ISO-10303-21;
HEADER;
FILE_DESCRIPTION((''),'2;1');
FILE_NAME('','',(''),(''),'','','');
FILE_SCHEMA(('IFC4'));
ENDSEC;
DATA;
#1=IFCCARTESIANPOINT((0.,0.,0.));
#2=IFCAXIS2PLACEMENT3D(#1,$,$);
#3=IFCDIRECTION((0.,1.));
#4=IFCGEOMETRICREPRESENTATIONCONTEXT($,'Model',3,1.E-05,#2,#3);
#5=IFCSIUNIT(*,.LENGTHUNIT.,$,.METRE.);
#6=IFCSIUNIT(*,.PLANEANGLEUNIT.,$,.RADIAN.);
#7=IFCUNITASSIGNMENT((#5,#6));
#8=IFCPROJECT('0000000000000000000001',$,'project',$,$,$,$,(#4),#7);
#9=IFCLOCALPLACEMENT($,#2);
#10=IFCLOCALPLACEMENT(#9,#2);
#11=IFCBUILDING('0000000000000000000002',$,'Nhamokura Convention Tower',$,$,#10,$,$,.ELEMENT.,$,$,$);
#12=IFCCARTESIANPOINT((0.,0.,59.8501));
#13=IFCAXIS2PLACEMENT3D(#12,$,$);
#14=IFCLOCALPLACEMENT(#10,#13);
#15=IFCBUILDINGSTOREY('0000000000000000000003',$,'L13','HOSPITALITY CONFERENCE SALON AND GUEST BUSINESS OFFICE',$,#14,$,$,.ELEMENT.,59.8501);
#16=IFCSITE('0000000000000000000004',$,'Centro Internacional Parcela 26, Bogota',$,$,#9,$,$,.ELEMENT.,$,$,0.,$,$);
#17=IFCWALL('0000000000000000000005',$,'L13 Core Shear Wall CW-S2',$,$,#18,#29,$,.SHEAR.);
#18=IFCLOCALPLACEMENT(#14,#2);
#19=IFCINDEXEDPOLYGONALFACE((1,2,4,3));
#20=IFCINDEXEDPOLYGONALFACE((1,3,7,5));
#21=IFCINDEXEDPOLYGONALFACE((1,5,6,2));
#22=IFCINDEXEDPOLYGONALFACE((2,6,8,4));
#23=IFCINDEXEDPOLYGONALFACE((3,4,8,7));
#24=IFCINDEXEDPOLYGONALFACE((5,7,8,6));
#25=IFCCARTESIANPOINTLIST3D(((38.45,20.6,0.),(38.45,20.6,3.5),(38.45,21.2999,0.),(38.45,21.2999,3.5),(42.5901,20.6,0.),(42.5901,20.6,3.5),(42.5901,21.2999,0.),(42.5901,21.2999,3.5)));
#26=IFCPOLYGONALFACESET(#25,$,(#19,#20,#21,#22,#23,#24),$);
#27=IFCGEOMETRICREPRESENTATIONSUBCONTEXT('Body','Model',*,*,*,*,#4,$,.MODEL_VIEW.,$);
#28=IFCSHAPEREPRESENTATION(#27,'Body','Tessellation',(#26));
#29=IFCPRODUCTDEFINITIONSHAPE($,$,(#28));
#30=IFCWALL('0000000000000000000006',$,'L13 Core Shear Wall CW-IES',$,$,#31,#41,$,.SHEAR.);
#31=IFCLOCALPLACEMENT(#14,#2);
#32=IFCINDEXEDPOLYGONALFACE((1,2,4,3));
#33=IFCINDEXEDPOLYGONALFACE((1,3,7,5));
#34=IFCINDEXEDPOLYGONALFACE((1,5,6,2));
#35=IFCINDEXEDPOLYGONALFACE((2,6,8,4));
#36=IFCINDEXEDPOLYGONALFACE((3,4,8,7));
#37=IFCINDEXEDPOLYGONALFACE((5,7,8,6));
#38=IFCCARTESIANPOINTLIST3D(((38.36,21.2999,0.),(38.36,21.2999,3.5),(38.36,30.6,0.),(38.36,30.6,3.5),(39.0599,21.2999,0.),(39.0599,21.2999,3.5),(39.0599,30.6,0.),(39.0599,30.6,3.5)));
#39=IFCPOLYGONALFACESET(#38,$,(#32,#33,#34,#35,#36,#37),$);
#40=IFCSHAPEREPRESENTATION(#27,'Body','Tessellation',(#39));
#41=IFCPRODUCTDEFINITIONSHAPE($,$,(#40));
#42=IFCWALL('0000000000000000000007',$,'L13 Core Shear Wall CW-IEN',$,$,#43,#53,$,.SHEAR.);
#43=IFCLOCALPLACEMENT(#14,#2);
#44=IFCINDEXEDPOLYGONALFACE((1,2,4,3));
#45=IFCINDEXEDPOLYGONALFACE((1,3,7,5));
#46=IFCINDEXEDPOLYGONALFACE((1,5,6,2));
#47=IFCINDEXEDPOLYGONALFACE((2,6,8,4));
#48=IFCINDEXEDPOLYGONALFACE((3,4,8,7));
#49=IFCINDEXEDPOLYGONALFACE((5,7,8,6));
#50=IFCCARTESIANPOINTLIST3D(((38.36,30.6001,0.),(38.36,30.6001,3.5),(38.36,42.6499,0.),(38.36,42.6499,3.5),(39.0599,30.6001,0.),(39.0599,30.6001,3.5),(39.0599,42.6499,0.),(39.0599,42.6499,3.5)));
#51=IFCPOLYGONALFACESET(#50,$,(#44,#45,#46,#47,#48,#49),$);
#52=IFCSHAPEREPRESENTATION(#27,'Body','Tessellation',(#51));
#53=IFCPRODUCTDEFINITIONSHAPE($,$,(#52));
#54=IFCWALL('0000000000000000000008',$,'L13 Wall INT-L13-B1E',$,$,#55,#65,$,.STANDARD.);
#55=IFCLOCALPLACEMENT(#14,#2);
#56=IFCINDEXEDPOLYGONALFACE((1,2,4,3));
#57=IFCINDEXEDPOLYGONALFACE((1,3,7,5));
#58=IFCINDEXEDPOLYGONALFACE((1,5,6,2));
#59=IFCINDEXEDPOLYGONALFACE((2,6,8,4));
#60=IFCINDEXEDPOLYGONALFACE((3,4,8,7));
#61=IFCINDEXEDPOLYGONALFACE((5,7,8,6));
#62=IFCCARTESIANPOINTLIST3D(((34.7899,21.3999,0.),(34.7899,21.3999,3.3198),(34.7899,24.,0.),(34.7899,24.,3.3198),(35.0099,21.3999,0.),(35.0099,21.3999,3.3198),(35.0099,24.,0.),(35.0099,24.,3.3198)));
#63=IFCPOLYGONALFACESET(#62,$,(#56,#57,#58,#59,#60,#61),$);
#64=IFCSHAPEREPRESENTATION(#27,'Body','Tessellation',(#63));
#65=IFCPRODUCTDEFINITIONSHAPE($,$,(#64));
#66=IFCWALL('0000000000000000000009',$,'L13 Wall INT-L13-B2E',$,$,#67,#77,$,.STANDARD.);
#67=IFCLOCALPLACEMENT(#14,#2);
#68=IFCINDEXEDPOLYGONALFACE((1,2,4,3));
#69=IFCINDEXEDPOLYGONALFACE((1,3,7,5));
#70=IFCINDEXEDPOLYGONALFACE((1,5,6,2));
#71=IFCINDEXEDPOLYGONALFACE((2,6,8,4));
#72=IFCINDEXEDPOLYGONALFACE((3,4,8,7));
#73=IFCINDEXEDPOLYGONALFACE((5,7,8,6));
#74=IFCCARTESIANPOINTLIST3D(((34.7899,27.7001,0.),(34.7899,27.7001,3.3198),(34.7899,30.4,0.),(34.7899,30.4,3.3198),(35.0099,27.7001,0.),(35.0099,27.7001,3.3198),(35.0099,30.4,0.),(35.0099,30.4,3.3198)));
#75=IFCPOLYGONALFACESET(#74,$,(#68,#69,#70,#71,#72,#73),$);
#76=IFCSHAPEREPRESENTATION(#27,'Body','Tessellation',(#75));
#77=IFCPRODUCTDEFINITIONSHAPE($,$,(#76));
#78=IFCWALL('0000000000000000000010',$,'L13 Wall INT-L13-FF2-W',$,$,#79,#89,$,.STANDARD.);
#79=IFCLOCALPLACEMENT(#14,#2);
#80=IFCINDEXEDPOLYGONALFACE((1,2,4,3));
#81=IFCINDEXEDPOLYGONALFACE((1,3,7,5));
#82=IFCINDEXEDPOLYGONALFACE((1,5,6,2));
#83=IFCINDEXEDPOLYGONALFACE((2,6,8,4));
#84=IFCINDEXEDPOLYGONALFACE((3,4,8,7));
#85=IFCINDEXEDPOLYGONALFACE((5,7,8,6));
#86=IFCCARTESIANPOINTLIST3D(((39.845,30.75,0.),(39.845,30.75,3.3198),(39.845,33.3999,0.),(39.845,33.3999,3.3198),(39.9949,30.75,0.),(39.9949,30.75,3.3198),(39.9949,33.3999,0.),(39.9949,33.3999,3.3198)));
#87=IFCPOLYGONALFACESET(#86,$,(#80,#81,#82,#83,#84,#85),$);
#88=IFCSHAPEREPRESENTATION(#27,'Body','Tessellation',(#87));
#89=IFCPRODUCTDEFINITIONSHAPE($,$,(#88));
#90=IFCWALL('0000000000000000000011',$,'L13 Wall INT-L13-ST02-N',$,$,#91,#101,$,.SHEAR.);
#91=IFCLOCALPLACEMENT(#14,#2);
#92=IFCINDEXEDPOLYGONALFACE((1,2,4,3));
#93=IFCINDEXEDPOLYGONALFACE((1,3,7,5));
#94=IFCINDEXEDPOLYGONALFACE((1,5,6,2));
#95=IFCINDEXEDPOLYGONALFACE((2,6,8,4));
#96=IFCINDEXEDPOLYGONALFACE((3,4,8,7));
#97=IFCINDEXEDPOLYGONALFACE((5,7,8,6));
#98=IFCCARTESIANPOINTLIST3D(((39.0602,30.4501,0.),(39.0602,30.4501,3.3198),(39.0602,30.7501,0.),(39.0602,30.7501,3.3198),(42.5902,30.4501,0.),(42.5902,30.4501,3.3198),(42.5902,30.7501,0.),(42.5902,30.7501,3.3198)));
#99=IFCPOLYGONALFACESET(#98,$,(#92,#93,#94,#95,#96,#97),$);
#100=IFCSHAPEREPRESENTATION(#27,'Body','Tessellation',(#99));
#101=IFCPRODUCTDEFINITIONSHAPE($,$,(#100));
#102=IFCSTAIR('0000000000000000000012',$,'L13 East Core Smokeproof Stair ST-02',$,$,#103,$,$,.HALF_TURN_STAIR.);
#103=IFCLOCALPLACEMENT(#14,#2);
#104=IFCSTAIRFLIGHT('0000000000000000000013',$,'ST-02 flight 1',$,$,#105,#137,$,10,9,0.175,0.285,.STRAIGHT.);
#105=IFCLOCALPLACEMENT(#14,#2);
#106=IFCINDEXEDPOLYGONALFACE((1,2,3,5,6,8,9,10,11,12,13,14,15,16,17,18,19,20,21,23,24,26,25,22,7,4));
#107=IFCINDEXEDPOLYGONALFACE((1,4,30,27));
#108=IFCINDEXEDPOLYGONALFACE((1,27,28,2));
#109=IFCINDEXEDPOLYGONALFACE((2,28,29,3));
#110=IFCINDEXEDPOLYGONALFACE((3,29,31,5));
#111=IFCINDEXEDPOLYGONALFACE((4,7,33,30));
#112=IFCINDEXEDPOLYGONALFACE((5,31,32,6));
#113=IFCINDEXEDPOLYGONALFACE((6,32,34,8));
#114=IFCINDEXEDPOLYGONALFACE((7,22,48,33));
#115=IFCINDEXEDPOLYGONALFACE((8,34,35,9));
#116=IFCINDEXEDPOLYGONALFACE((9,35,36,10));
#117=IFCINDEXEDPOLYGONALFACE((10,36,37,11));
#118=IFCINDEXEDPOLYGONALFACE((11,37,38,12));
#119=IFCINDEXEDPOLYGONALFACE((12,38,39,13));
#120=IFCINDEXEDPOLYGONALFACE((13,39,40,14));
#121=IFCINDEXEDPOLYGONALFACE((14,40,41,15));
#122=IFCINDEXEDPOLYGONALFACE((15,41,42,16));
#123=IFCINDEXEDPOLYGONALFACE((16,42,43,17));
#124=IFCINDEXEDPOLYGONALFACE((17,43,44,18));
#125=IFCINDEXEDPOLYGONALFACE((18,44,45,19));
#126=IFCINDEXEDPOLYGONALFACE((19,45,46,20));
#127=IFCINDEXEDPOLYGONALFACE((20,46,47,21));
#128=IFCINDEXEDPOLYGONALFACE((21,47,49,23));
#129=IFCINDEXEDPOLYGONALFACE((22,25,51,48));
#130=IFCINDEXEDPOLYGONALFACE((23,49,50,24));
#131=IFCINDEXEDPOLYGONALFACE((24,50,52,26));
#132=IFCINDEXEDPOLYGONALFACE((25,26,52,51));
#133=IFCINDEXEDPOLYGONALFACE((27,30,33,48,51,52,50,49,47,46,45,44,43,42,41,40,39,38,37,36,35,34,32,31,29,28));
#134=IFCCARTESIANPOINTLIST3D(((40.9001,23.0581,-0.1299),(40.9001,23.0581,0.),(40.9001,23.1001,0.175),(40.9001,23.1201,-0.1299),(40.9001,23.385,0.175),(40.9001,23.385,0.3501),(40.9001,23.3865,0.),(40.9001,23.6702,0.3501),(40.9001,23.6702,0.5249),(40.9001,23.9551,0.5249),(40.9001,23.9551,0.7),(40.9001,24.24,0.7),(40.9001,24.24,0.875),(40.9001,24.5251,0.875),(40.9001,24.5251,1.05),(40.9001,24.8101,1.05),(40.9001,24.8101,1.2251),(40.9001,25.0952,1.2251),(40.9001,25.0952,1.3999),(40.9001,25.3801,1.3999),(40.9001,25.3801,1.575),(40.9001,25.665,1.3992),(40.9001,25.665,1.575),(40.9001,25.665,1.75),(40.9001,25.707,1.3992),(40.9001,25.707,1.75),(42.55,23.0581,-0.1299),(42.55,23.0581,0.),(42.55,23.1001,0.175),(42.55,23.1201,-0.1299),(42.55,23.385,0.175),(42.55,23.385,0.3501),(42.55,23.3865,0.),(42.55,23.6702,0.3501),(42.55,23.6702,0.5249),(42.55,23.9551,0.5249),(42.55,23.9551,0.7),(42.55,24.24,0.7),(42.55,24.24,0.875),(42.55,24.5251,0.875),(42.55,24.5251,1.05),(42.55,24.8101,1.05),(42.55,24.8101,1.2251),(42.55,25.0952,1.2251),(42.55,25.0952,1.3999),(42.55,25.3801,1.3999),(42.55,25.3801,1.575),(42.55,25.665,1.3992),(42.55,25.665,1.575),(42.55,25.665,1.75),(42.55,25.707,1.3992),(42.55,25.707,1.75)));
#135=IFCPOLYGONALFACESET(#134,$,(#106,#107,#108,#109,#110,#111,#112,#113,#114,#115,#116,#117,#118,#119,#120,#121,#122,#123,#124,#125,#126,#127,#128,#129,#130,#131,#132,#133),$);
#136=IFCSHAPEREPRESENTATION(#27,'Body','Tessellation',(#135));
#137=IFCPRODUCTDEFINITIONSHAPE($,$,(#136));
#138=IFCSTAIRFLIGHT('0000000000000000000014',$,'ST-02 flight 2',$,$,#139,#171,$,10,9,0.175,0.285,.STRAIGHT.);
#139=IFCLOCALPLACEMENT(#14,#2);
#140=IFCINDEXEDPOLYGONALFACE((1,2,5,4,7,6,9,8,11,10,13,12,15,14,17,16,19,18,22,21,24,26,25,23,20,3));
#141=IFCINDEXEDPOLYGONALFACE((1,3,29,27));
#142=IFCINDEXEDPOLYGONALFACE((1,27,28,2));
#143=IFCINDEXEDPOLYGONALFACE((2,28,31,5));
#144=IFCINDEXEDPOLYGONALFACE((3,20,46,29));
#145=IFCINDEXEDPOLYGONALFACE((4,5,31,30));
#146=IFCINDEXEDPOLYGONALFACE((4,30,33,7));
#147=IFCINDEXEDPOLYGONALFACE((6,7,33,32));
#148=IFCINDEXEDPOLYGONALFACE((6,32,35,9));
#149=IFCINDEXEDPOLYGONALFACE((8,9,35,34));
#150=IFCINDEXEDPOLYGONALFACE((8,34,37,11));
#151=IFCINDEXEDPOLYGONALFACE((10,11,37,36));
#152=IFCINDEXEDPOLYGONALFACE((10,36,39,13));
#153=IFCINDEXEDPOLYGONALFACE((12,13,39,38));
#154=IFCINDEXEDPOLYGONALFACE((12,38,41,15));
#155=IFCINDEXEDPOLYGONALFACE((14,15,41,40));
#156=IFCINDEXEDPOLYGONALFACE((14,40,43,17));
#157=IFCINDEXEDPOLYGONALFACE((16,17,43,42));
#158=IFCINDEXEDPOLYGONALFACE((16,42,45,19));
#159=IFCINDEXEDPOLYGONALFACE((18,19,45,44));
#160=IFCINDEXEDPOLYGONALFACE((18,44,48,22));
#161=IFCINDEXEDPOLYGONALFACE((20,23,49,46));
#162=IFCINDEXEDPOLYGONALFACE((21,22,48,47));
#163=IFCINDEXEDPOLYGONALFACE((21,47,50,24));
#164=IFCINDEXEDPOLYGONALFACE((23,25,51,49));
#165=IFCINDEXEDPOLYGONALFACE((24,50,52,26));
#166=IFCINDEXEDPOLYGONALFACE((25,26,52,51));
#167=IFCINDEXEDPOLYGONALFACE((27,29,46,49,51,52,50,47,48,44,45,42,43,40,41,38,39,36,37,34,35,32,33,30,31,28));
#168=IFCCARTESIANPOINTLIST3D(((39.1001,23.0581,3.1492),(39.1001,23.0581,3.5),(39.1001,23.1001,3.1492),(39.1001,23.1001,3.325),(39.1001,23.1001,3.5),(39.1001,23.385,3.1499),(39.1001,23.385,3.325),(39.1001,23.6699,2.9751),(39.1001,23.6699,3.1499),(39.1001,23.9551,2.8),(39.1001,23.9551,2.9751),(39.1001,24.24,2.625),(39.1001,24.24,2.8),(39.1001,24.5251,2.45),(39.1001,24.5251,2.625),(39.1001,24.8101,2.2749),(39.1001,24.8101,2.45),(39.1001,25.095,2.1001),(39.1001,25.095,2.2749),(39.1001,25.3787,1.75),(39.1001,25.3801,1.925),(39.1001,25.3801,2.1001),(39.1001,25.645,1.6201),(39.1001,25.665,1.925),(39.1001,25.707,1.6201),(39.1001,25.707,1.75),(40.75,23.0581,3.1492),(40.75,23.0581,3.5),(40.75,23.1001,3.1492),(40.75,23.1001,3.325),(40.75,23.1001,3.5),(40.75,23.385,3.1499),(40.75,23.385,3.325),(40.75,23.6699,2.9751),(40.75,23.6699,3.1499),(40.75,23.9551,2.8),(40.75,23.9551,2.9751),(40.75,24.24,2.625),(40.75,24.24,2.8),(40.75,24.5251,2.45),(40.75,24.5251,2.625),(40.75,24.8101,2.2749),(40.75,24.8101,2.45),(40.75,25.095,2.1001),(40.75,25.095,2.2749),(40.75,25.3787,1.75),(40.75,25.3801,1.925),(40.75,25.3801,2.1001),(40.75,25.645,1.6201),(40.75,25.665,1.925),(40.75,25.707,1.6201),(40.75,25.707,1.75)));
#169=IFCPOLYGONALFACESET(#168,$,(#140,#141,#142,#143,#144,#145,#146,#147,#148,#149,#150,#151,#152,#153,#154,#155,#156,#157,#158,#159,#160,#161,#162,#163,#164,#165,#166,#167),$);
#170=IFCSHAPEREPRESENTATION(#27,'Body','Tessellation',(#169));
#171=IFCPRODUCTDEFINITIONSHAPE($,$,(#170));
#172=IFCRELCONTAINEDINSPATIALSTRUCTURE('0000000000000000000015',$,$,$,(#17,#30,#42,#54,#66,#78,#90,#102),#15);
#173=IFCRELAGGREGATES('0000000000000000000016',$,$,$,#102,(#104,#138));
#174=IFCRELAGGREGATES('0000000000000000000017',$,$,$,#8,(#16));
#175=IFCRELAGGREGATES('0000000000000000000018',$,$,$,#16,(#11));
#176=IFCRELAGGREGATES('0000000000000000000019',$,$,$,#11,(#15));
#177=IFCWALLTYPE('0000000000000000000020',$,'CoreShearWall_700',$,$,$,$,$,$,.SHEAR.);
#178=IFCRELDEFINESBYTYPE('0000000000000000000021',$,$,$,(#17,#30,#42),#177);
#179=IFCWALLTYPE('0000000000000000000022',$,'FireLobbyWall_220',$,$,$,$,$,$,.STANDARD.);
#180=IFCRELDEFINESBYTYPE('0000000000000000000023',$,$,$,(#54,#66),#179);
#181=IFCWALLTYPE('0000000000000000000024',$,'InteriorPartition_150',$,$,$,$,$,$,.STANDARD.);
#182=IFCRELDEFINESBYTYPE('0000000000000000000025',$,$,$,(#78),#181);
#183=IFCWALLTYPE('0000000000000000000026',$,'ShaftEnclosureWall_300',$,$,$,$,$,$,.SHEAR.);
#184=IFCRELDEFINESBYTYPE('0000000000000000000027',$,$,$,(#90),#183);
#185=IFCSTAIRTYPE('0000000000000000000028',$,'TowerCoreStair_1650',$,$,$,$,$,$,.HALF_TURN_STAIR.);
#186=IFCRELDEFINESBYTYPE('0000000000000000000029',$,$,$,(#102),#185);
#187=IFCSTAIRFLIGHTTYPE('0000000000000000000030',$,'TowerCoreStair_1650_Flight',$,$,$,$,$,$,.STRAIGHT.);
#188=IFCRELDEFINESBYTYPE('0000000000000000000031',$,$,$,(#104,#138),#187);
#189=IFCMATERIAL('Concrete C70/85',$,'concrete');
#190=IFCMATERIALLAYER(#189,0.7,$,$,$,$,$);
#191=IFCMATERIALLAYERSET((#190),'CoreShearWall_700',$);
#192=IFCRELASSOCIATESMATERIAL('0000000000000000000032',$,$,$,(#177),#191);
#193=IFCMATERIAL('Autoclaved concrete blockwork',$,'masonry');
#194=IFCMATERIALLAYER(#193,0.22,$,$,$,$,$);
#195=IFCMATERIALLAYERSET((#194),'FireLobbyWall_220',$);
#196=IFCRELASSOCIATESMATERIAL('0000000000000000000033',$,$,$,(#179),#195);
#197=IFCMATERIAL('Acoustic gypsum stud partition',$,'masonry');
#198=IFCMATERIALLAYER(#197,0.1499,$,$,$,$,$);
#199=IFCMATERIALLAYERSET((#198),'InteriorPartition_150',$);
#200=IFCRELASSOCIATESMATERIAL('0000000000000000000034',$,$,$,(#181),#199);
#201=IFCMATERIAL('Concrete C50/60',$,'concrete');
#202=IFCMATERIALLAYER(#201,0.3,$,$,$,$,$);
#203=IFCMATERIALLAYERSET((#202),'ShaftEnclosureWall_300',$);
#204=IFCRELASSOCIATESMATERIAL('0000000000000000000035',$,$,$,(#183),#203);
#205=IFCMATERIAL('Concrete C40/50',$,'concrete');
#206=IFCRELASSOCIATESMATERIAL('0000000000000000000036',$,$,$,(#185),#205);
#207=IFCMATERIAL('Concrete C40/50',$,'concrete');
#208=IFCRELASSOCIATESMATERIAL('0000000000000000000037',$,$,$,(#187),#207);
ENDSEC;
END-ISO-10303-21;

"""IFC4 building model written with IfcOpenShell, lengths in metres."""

from ifc_helpers import new_model, si_unit, direction, frame, frame_2d, origin, place, context, subcontext, project, spatial, polyline, rectangle, outline, extrude, material, layer, layer_set, type_object, element, aggregate, save


model = new_model("IFC4")

# Units and contexts
model_context = context("Model", 3, precision=1e-05, world=origin(), true_north=direction((0.0, 1.0)))
body_context = subcontext(model_context, "Body", "Model", "MODEL_VIEW")
ifc_project = project(units=[si_unit("LENGTHUNIT", "METRE"), si_unit("PLANEANGLEUNIT", "RADIAN")], contexts=[model_context])

# Site, building, storey
site_placement = place(None, origin())
site = spatial("IfcSite", under=ifc_project, at=site_placement, Name="Centro Internacional Parcela 26, Bogota", CompositionType="ELEMENT", RefElevation=0.0)
building_placement = place(site_placement, origin())
building = spatial("IfcBuilding", under=site, at=building_placement, Name="Nhamokura Convention Tower", CompositionType="ELEMENT")
storey_placement = place(building_placement, frame((0.0, 0.0, 59.8501)))
storey = spatial("IfcBuildingStorey", under=building, at=storey_placement, Name="L13", Description="HOSPITALITY CONFERENCE SALON AND GUEST BUSINESS OFFICE", CompositionType="ELEMENT", Elevation=59.8501)

# Shared definitions
ifc_material_1 = material(Name="Concrete C70/85", Category="concrete")
ifc_layer_1 = layer(ifc_material_1, 0.7)
ifc_layer_set_1 = layer_set([ifc_layer_1], Name="CoreShearWall_700")
wall_type_1 = type_object("IfcWallType", Name="CoreShearWall_700", PredefinedType="SHEAR", material=ifc_layer_set_1)

# Walls
wall_1_placement = place(storey_placement, frame((38.45, 20.95, 0.0), z_axis=(0.0, 0.0, 1.0), x_axis=(1.0, 0.0, 0.0)))
element("IfcWall", 1, at=wall_1_placement, inside=storey, type_object=wall_type_1, Name="L13 Core Shear Wall CW-S2", PredefinedType="SHEAR", context=body_context, shape_type="SweptSolid", body=[
    extrude(rectangle(XDim=4.1401, YDim=0.7, at=frame_2d((2.0701, 0.0))), origin(), (0.0, 0.0, 1.0), 3.5),
])
wall_2_placement = place(storey_placement, frame((38.71, 21.3, 0.0), z_axis=(0.0, 0.0, 1.0), x_axis=(0.0, 1.0, 0.0)))
element("IfcWall", 2, at=wall_2_placement, inside=storey, type_object=wall_type_1, Name="L13 Core Shear Wall CW-IES", PredefinedType="SHEAR", context=body_context, shape_type="SweptSolid", body=[
    extrude(rectangle(XDim=9.3, YDim=0.7, at=frame_2d((4.6499, 0.0))), origin(), (0.0, 0.0, 1.0), 3.5),
])
wall_3_placement = place(storey_placement, frame((38.71, 30.6001, 0.0), z_axis=(0.0, 0.0, 1.0), x_axis=(0.0, 1.0, 0.0)))
element("IfcWall", 3, at=wall_3_placement, inside=storey, type_object=wall_type_1, Name="L13 Core Shear Wall CW-IEN", PredefinedType="SHEAR", context=body_context, shape_type="SweptSolid", body=[
    extrude(rectangle(XDim=12.0498, YDim=0.7, at=frame_2d((6.0249, 0.0))), origin(), (0.0, 0.0, 1.0), 3.5),
])
ifc_material_2 = material(Name="Autoclaved concrete blockwork", Category="masonry")
ifc_layer_2 = layer(ifc_material_2, 0.22)
ifc_layer_set_2 = layer_set([ifc_layer_2], Name="FireLobbyWall_220")
wall_type_2 = type_object("IfcWallType", Name="FireLobbyWall_220", PredefinedType="STANDARD", material=ifc_layer_set_2)
wall_4_placement = place(storey_placement, frame((34.8999, 21.3999, 0.0), z_axis=(0.0, 0.0, 1.0), x_axis=(0.0, 1.0, 0.0)))
element("IfcWall", 4, at=wall_4_placement, inside=storey, type_object=wall_type_2, Name="L13 Wall INT-L13-B1E", PredefinedType="STANDARD", context=body_context, shape_type="SweptSolid", body=[
    extrude(rectangle(XDim=2.6001, YDim=0.22, at=frame_2d((1.3, 0.0))), origin(), (0.0, 0.0, 1.0), 3.3198),
])
wall_5_placement = place(storey_placement, frame((34.8999, 27.7, 0.0), z_axis=(0.0, 0.0, 1.0), x_axis=(0.0, 1.0, 0.0)))
element("IfcWall", 5, at=wall_5_placement, inside=storey, type_object=wall_type_2, Name="L13 Wall INT-L13-B2E", PredefinedType="STANDARD", context=body_context, shape_type="SweptSolid", body=[
    extrude(rectangle(XDim=2.7, YDim=0.22, at=frame_2d((1.3501, 0.0))), origin(), (0.0, 0.0, 1.0), 3.3198),
])
ifc_material_3 = material(Name="Acoustic gypsum stud partition", Category="masonry")
ifc_layer_3 = layer(ifc_material_3, 0.1499)
ifc_layer_set_3 = layer_set([ifc_layer_3], Name="InteriorPartition_150")
wall_type_3 = type_object("IfcWallType", Name="InteriorPartition_150", PredefinedType="STANDARD", material=ifc_layer_set_3)
wall_6_placement = place(storey_placement, frame((39.9199, 30.75, 0.0), z_axis=(0.0, 0.0, 1.0), x_axis=(0.0, 1.0, 0.0)))
element("IfcWall", 6, at=wall_6_placement, inside=storey, type_object=wall_type_3, Name="L13 Wall INT-L13-FF2-W", PredefinedType="STANDARD", context=body_context, shape_type="SweptSolid", body=[
    extrude(rectangle(XDim=2.6499, YDim=0.1499, at=frame_2d((1.325, 0.0))), origin(), (0.0, 0.0, 1.0), 3.3198),
])
ifc_material_4 = material(Name="Concrete C50/60", Category="concrete")
ifc_layer_4 = layer(ifc_material_4, 0.3)
ifc_layer_set_4 = layer_set([ifc_layer_4], Name="ShaftEnclosureWall_300")
wall_type_4 = type_object("IfcWallType", Name="ShaftEnclosureWall_300", PredefinedType="SHEAR", material=ifc_layer_set_4)
wall_7_placement = place(storey_placement, frame((39.0601, 30.6001, 0.0), z_axis=(0.0, 0.0, 1.0), x_axis=(1.0, 0.0, 0.0)))
element("IfcWall", 7, at=wall_7_placement, inside=storey, type_object=wall_type_4, Name="L13 Wall INT-L13-ST02-N", PredefinedType="SHEAR", context=body_context, shape_type="SweptSolid", body=[
    extrude(rectangle(XDim=3.53, YDim=0.3, at=frame_2d((1.7651, 0.0))), origin(), (0.0, 0.0, 1.0), 3.3198),
])

# Stair, stair flights
ifc_material_5 = material(Name="Concrete C40/50", Category="concrete")
stair_type = type_object("IfcStairType", Name="TowerCoreStair_1650", PredefinedType="HALF_TURN_STAIR", material=ifc_material_5)
stair_placement = place(storey_placement, origin())
stair = element("IfcStair", 8, at=stair_placement, inside=storey, type_object=stair_type, Name="L13 East Core Smokeproof Stair ST-02", PredefinedType="HALF_TURN_STAIR")
ifc_material_6 = material(Name="Concrete C40/50", Category="concrete")
stair_flight_type = type_object("IfcStairFlightType", Name="TowerCoreStair_1650_Flight", PredefinedType="STRAIGHT", material=ifc_material_6)
stair_flight_1_placement = place(storey_placement, frame((41.7251, 23.1001, 0.0), z_axis=(0.0, 0.0, 1.0), x_axis=(0.0, 1.0, 0.0)))
stair_flight_1 = element("IfcStairFlight", 9, at=stair_flight_1_placement, type_object=stair_flight_type, Name="ST-02 flight 1", NumberOfRisers=10, NumberOfTreads=9, PredefinedType="STRAIGHT", RiserHeight=0.175, TreadLength=0.285, context=body_context, shape_type="SweptSolid", body=[
    extrude(outline(polyline([(-0.042, 0.0), (0.0, 0.175), (0.2849, 0.175), (0.2849, 0.3501), (0.5701, 0.3501), (0.5701, 0.5249), (0.855, 0.5249), (0.855, 0.7), (1.1399, 0.7), (1.1399, 0.875), (1.425, 0.875), (1.425, 1.05), (1.71, 1.05), (1.71, 1.2251), (1.9951, 1.2251), (1.9951, 1.3999), (2.28, 1.3999), (2.28, 1.575), (2.5649, 1.575), (2.5649, 1.75), (2.6069, 1.75), (2.6069, 1.3992), (2.5649, 1.3992), (0.2864, 0.0), (0.02, -0.1299), (-0.042, -0.1299), (-0.042, 0.0)])), frame((0.0, 0.825, 0.0), z_axis=(0.0, -1.0, 0.0), x_axis=(1.0, 0.0, 0.0)), (0.0, 0.0, 1.0), 1.6499),
])
stair_flight_2_placement = place(storey_placement, frame((39.925, 25.665, 1.75), z_axis=(0.0, 0.0, 1.0), x_axis=(0.0, -1.0, 0.0)))
stair_flight_2 = element("IfcStairFlight", 10, at=stair_flight_2_placement, type_object=stair_flight_type, Name="ST-02 flight 2", NumberOfRisers=10, NumberOfTreads=9, PredefinedType="STRAIGHT", RiserHeight=0.175, TreadLength=0.285, context=body_context, shape_type="SweptSolid", body=[
    extrude(outline(polyline([(-0.042, 0.0), (0.0, 0.175), (0.2849, 0.175), (0.2849, 0.3501), (0.5701, 0.3501), (0.5701, 0.5249), (0.855, 0.5249), (0.855, 0.7), (1.1399, 0.7), (1.1399, 0.875), (1.425, 0.875), (1.425, 1.05), (1.71, 1.05), (1.71, 1.2251), (1.9951, 1.2251), (1.9951, 1.3999), (2.28, 1.3999), (2.28, 1.575), (2.5649, 1.575), (2.5649, 1.75), (2.6069, 1.75), (2.6069, 1.3992), (2.5649, 1.3992), (0.2864, 0.0), (0.02, -0.1299), (-0.042, -0.1299), (-0.042, 0.0)])), frame((0.0, 0.825, 0.0), z_axis=(0.0, -1.0, 0.0), x_axis=(1.0, 0.0, 0.0)), (0.0, 0.0, 1.0), 1.6499),
])
aggregate(stair, [stair_flight_1, stair_flight_2])

save(model, "model.ifc")
